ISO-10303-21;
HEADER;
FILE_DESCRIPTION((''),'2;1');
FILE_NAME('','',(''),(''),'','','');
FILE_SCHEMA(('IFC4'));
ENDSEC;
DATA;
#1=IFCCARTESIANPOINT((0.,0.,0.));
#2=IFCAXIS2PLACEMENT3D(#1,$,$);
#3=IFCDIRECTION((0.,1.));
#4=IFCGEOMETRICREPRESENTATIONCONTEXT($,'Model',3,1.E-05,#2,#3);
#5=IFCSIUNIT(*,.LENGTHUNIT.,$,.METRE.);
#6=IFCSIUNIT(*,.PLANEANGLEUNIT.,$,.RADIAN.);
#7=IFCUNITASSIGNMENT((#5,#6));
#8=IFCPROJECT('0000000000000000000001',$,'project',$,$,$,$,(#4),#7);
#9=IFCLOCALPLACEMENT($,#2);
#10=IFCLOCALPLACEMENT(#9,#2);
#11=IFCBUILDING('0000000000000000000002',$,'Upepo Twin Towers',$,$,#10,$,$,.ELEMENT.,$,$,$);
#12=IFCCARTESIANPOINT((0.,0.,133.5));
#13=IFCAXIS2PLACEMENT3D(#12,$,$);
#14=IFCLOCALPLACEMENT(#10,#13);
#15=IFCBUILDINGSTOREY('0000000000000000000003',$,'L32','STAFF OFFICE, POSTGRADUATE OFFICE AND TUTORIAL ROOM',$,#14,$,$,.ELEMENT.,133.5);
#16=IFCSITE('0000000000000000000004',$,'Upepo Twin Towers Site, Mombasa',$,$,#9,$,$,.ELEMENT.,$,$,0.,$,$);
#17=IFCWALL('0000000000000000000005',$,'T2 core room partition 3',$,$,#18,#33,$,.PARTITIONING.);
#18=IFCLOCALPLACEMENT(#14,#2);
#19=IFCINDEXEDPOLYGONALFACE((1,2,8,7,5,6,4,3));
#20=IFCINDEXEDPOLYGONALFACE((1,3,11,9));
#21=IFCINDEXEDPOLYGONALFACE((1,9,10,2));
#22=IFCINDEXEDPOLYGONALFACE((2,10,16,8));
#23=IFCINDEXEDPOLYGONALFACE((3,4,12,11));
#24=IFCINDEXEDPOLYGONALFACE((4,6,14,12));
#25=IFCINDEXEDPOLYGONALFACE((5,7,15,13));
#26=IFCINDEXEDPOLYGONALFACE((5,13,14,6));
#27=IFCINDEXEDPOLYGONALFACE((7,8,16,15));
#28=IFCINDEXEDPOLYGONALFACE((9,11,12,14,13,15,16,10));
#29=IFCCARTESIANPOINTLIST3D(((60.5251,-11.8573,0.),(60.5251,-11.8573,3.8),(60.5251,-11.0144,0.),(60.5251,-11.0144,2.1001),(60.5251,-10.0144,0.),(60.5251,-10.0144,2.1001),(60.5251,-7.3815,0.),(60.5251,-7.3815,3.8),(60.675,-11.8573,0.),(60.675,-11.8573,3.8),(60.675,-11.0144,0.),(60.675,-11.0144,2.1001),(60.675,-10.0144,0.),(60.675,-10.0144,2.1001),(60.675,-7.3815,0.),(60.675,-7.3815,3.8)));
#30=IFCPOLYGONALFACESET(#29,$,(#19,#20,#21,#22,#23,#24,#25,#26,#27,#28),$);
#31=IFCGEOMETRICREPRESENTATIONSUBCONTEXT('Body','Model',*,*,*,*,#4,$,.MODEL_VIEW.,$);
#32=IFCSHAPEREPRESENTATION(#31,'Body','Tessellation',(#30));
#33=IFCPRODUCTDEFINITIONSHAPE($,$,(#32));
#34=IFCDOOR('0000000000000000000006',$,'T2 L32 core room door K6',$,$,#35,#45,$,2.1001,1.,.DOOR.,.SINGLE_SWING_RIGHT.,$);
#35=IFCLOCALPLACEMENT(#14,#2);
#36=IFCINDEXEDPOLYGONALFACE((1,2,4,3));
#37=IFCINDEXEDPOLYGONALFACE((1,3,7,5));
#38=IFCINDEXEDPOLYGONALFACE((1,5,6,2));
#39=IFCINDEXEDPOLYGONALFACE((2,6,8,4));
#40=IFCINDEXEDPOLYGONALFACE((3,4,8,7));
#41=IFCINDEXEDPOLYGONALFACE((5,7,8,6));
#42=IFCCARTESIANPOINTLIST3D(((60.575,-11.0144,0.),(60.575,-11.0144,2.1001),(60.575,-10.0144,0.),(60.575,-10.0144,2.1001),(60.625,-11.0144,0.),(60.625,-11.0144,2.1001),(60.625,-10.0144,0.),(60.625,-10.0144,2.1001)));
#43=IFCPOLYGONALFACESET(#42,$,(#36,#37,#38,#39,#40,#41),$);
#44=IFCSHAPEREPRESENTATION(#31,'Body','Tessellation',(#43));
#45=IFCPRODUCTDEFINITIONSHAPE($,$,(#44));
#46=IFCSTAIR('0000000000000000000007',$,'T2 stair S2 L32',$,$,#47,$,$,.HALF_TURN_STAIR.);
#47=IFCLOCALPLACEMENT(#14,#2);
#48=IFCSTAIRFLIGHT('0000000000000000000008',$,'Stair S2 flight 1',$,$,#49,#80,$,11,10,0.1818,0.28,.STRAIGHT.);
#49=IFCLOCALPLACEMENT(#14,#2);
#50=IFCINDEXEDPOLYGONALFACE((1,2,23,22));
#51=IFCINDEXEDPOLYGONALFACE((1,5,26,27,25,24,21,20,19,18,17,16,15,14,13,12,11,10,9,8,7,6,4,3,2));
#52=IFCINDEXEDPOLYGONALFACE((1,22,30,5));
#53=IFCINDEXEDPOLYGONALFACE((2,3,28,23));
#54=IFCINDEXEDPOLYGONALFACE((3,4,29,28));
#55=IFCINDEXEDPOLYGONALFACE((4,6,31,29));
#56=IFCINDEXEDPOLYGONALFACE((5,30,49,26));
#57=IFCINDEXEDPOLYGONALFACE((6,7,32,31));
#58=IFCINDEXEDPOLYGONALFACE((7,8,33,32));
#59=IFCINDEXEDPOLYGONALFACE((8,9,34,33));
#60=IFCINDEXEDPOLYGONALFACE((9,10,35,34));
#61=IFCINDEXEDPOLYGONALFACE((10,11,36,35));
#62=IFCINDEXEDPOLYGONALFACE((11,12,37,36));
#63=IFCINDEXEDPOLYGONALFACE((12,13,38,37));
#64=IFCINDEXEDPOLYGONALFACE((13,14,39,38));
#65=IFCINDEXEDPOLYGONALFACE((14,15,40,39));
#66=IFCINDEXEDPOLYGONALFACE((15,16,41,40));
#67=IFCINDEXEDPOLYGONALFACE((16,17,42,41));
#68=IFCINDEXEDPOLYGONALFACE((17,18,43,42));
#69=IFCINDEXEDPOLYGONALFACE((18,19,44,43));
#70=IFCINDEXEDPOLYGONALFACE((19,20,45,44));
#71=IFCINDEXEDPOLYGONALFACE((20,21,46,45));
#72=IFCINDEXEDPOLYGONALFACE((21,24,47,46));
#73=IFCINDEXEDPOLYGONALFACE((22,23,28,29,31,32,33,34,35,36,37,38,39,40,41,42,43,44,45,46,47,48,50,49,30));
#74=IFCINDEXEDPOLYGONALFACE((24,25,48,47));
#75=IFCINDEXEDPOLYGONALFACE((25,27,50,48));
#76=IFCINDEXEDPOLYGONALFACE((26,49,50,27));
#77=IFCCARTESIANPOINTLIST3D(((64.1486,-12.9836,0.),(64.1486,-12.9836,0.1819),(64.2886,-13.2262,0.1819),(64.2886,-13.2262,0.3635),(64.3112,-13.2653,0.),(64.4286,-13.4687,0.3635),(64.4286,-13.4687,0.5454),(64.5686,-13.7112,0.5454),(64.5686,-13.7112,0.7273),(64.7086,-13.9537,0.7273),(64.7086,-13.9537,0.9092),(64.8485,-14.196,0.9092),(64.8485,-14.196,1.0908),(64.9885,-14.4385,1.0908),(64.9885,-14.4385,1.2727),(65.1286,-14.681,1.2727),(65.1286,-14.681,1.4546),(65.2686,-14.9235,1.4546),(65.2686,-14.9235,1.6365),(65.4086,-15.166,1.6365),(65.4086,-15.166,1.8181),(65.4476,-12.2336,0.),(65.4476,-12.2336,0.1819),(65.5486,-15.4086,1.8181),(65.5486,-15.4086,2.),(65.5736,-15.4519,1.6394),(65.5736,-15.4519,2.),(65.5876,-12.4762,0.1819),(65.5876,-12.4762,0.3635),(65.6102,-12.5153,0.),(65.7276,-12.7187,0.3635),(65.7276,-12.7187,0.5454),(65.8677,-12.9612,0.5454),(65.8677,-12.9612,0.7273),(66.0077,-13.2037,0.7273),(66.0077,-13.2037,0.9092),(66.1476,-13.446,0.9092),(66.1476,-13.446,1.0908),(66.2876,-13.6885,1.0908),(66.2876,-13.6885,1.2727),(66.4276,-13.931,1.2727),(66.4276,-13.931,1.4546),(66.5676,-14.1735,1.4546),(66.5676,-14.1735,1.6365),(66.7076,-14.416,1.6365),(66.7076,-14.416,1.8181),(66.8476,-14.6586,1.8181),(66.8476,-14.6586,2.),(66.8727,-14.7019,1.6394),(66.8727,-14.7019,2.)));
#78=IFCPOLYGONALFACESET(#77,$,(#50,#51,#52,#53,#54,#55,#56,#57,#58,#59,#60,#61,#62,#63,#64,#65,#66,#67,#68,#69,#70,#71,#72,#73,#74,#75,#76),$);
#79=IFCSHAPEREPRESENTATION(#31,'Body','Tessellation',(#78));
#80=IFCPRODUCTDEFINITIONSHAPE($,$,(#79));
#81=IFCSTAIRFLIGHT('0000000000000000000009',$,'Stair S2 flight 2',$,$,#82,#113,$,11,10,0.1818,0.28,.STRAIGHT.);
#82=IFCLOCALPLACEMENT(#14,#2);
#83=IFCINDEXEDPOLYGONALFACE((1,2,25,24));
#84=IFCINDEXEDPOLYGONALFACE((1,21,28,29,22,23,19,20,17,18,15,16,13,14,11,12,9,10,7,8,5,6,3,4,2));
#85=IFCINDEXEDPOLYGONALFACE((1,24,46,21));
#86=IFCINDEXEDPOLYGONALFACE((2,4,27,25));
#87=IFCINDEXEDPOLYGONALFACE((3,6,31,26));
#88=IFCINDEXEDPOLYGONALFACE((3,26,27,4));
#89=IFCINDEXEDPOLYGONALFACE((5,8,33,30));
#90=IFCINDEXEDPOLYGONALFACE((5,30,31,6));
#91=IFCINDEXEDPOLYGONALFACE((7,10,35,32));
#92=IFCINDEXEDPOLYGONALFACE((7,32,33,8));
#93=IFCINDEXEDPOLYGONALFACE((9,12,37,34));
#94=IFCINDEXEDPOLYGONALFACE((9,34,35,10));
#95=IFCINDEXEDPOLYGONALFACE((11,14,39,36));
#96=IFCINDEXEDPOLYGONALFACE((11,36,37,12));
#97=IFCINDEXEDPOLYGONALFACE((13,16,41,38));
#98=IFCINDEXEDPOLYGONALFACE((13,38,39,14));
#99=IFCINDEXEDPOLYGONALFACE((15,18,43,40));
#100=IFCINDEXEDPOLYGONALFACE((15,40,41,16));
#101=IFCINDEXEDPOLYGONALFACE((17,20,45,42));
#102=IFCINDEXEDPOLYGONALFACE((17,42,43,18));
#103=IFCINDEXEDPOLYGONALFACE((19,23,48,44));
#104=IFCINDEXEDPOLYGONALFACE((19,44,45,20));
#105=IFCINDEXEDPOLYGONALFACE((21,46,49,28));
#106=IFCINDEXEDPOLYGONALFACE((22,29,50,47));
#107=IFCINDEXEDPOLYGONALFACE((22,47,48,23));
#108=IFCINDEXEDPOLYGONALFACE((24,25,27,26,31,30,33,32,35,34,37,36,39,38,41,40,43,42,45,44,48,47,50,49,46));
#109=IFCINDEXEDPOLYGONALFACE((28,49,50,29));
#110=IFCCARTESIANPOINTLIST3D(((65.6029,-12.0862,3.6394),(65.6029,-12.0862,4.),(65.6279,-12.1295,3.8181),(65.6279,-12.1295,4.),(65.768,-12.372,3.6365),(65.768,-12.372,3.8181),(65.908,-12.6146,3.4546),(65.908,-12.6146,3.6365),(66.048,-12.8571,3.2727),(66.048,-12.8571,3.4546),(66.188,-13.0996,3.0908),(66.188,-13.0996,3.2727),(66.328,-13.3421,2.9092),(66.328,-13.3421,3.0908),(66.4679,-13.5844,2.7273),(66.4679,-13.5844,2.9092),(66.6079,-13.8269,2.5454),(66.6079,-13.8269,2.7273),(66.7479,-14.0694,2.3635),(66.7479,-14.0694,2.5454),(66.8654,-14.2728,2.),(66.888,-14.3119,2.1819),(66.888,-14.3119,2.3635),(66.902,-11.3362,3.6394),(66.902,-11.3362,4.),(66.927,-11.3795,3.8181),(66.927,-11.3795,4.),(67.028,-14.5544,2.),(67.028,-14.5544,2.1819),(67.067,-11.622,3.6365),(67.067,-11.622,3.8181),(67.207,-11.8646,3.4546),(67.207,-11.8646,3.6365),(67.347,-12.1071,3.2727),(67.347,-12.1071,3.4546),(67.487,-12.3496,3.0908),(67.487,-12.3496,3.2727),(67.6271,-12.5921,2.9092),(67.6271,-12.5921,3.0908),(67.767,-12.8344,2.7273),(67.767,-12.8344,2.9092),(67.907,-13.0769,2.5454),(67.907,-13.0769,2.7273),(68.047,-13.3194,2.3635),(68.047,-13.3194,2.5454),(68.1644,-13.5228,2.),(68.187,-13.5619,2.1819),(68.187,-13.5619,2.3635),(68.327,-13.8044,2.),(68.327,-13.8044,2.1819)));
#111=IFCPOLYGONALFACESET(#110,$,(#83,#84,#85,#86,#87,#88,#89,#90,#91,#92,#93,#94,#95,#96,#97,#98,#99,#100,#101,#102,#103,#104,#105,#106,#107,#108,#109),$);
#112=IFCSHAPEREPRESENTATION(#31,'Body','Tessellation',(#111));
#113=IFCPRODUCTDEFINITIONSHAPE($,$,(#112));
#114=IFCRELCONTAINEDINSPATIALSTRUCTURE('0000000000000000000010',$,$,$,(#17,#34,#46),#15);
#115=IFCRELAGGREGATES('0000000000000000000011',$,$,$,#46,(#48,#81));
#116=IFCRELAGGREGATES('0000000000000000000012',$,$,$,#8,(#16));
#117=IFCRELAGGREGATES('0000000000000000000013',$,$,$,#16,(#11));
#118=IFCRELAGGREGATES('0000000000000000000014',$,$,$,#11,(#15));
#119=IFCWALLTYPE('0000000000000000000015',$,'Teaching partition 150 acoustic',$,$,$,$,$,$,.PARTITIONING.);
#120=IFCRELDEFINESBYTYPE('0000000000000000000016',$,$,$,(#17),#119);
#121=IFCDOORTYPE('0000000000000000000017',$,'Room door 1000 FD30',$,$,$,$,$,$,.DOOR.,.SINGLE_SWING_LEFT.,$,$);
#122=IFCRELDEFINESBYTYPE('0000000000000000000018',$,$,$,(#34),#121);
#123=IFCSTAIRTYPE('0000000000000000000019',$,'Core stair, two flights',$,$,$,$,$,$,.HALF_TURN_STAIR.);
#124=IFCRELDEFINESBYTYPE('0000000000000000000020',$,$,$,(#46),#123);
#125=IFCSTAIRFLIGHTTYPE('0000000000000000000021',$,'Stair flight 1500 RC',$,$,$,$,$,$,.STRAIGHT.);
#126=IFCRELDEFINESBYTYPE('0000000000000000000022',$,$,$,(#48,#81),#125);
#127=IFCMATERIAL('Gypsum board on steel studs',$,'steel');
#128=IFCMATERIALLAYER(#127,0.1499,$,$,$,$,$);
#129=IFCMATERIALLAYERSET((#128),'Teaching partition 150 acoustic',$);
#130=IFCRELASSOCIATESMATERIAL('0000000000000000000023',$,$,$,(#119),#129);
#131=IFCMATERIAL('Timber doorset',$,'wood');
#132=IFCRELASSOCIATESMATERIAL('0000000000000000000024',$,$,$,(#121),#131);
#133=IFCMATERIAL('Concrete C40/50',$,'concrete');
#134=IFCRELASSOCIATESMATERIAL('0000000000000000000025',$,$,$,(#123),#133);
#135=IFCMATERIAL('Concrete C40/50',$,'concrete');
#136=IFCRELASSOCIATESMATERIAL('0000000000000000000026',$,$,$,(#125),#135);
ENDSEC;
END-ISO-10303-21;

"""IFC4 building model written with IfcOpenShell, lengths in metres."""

from ifc_helpers import new_model, si_unit, direction, frame, frame_2d, origin, place, context, subcontext, project, spatial, polyline, rectangle, outline, extrude, material, layer, layer_set, type_object, element, fill, aggregate, save


model = new_model("IFC4")

# Units and contexts
model_context = context("Model", 3, precision=1e-05, world=origin(), true_north=direction((0.0, 1.0)))
body_context = subcontext(model_context, "Body", "Model", "MODEL_VIEW")
ifc_project = project(units=[si_unit("LENGTHUNIT", "METRE"), si_unit("PLANEANGLEUNIT", "RADIAN")], contexts=[model_context])

# Site, building, storey
site_placement = place(None, origin())
site = spatial("IfcSite", under=ifc_project, at=site_placement, Name="Upepo Twin Towers Site, Mombasa", CompositionType="ELEMENT", RefElevation=0.0)
building_placement = place(site_placement, origin())
building = spatial("IfcBuilding", under=site, at=building_placement, Name="Upepo Twin Towers", CompositionType="ELEMENT")
storey_placement = place(building_placement, frame((0.0, 0.0, 133.5)))
storey = spatial("IfcBuildingStorey", under=building, at=storey_placement, Name="L32", Description="STAFF OFFICE, POSTGRADUATE OFFICE AND TUTORIAL ROOM", CompositionType="ELEMENT", Elevation=133.5)

# Wall, opening, door
ifc_material_1 = material(Name="Gypsum board on steel studs", Category="steel")
ifc_layer_1 = layer(ifc_material_1, 0.1499)
ifc_layer_set_1 = layer_set([ifc_layer_1], Name="Teaching partition 150 acoustic")
wall_type_1 = type_object("IfcWallType", Name="Teaching partition 150 acoustic", PredefinedType="PARTITIONING", material=ifc_layer_set_1)
ifc_material_2 = material(Name="Timber doorset", Category="wood")
door_type_1 = type_object("IfcDoorType", Name="Room door 1000 FD30", OperationType="SINGLE_SWING_LEFT", PredefinedType="DOOR", material=ifc_material_2)
wall_1_placement = place(storey_placement, frame((60.6001, -7.3816, 0.0), z_axis=(0.0, 0.0, 1.0), x_axis=(0.0, -1.0, 0.0)))
wall_1 = element("IfcWall", 1, at=wall_1_placement, inside=storey, type_object=wall_type_1, Name="T2 core room partition 3", PredefinedType="PARTITIONING", context=body_context, shape_type="SweptSolid", body=[
    extrude(rectangle(XDim=4.4758, YDim=0.1499, at=frame_2d((2.2378, 0.0))), origin(), (0.0, 0.0, 1.0), 3.8),
])
opening_1_placement = place(wall_1_placement, frame((2.6328, 0.0, 0.0)))
opening_1 = element("IfcOpeningElement", 2, at=opening_1_placement, cuts=wall_1, PredefinedType="OPENING", context=body_context, shape_type="SweptSolid", body=[
    extrude(rectangle(XDim=1.0, YDim=2.1001, at=frame_2d((0.5, 1.05))), frame((0.0, 0.085, 0.0), z_axis=(0.0, -1.0, 0.0), x_axis=(1.0, 0.0, 0.0)), (0.0, 0.0, 1.0), 0.1699),
])
door_1_placement = place(opening_1_placement, origin())
door_1 = element("IfcDoor", 3, at=door_1_placement, inside=storey, type_object=door_type_1, Name="T2 L32 core room door K6", OperationType="SINGLE_SWING_RIGHT", OverallHeight=2.1001, OverallWidth=1.0, PredefinedType="DOOR", context=body_context, shape_type="SweptSolid", body=[
    extrude(rectangle(XDim=1.0, YDim=2.1001, at=frame_2d((0.5, 1.05))), frame((0.0, 0.0249, 0.0), z_axis=(0.0, -1.0, 0.0), x_axis=(1.0, 0.0, 0.0)), (0.0, 0.0, 1.0), 0.05),
])
fill(opening_1, door_1)

# Stair, stair flights
ifc_material_3 = material(Name="Concrete C40/50", Category="concrete")
stair_type = type_object("IfcStairType", Name="Core stair, two flights", PredefinedType="HALF_TURN_STAIR", material=ifc_material_3)
stair_placement = place(storey_placement, origin())
stair = element("IfcStair", 4, at=stair_placement, inside=storey, type_object=stair_type, Name="T2 stair S2 L32", PredefinedType="HALF_TURN_STAIR")
ifc_material_4 = material(Name="Concrete C40/50", Category="concrete")
stair_flight_type = type_object("IfcStairFlightType", Name="Stair flight 1500 RC", PredefinedType="STRAIGHT", material=ifc_material_4)
stair_flight_1_placement = place(storey_placement, frame((64.7981, -12.6086, 0.0), z_axis=(0.0, 0.0, 1.0), x_axis=(0.5, -0.866025, 0.0)))
stair_flight_1 = element("IfcStairFlight", 5, at=stair_flight_1_placement, type_object=stair_flight_type, Name="Stair S2 flight 1", NumberOfRisers=11, NumberOfTreads=10, PredefinedType="STRAIGHT", RiserHeight=0.1818, TreadLength=0.28, context=body_context, shape_type="SweptSolid", body=[
    extrude(outline(polyline([(0.0, 0.0), (0.0, 0.1819), (0.28, 0.1819), (0.28, 0.3635), (0.5601, 0.3635), (0.5601, 0.5454), (0.8401, 0.5454), (0.8401, 0.7273), (1.1201, 0.7273), (1.1201, 0.9092), (1.3999, 0.9092), (1.3999, 1.0908), (1.6799, 1.0908), (1.6799, 1.2727), (1.96, 1.2727), (1.96, 1.4546), (2.24, 1.4546), (2.24, 1.6365), (2.52, 1.6365), (2.52, 1.8181), (2.8, 1.8181), (2.8, 2.0), (2.8501, 2.0), (2.8501, 1.6394), (0.3252, 0.0), (0.0, 0.0)])), frame((0.0, 0.75, 0.0), z_axis=(0.0, -1.0, 0.0), x_axis=(1.0, 0.0, 0.0)), (0.0, 0.0, 1.0), 1.5),
])
stair_flight_2_placement = place(storey_placement, frame((67.6775, -14.1794, 2.0), z_axis=(0.0, 0.0, 1.0), x_axis=(-0.5, 0.866025, 0.0)))
stair_flight_2 = element("IfcStairFlight", 6, at=stair_flight_2_placement, type_object=stair_flight_type, Name="Stair S2 flight 2", NumberOfRisers=11, NumberOfTreads=10, PredefinedType="STRAIGHT", RiserHeight=0.1818, TreadLength=0.28, context=body_context, shape_type="SweptSolid", body=[
    extrude(outline(polyline([(0.0, 0.0), (0.0, 0.1819), (0.28, 0.1819), (0.28, 0.3635), (0.5601, 0.3635), (0.5601, 0.5454), (0.8401, 0.5454), (0.8401, 0.7273), (1.1201, 0.7273), (1.1201, 0.9092), (1.3999, 0.9092), (1.3999, 1.0908), (1.6799, 1.0908), (1.6799, 1.2727), (1.96, 1.2727), (1.96, 1.4546), (2.24, 1.4546), (2.24, 1.6365), (2.52, 1.6365), (2.52, 1.8181), (2.8, 1.8181), (2.8, 2.0), (2.8501, 2.0), (2.8501, 1.6394), (0.3252, 0.0), (0.0, 0.0)])), frame((0.0, 0.75, 0.0), z_axis=(0.0, -1.0, 0.0), x_axis=(1.0, 0.0, 0.0)), (0.0, 0.0, 1.0), 1.5),
])
aggregate(stair, [stair_flight_1, stair_flight_2])

save(model, "model.ifc")
